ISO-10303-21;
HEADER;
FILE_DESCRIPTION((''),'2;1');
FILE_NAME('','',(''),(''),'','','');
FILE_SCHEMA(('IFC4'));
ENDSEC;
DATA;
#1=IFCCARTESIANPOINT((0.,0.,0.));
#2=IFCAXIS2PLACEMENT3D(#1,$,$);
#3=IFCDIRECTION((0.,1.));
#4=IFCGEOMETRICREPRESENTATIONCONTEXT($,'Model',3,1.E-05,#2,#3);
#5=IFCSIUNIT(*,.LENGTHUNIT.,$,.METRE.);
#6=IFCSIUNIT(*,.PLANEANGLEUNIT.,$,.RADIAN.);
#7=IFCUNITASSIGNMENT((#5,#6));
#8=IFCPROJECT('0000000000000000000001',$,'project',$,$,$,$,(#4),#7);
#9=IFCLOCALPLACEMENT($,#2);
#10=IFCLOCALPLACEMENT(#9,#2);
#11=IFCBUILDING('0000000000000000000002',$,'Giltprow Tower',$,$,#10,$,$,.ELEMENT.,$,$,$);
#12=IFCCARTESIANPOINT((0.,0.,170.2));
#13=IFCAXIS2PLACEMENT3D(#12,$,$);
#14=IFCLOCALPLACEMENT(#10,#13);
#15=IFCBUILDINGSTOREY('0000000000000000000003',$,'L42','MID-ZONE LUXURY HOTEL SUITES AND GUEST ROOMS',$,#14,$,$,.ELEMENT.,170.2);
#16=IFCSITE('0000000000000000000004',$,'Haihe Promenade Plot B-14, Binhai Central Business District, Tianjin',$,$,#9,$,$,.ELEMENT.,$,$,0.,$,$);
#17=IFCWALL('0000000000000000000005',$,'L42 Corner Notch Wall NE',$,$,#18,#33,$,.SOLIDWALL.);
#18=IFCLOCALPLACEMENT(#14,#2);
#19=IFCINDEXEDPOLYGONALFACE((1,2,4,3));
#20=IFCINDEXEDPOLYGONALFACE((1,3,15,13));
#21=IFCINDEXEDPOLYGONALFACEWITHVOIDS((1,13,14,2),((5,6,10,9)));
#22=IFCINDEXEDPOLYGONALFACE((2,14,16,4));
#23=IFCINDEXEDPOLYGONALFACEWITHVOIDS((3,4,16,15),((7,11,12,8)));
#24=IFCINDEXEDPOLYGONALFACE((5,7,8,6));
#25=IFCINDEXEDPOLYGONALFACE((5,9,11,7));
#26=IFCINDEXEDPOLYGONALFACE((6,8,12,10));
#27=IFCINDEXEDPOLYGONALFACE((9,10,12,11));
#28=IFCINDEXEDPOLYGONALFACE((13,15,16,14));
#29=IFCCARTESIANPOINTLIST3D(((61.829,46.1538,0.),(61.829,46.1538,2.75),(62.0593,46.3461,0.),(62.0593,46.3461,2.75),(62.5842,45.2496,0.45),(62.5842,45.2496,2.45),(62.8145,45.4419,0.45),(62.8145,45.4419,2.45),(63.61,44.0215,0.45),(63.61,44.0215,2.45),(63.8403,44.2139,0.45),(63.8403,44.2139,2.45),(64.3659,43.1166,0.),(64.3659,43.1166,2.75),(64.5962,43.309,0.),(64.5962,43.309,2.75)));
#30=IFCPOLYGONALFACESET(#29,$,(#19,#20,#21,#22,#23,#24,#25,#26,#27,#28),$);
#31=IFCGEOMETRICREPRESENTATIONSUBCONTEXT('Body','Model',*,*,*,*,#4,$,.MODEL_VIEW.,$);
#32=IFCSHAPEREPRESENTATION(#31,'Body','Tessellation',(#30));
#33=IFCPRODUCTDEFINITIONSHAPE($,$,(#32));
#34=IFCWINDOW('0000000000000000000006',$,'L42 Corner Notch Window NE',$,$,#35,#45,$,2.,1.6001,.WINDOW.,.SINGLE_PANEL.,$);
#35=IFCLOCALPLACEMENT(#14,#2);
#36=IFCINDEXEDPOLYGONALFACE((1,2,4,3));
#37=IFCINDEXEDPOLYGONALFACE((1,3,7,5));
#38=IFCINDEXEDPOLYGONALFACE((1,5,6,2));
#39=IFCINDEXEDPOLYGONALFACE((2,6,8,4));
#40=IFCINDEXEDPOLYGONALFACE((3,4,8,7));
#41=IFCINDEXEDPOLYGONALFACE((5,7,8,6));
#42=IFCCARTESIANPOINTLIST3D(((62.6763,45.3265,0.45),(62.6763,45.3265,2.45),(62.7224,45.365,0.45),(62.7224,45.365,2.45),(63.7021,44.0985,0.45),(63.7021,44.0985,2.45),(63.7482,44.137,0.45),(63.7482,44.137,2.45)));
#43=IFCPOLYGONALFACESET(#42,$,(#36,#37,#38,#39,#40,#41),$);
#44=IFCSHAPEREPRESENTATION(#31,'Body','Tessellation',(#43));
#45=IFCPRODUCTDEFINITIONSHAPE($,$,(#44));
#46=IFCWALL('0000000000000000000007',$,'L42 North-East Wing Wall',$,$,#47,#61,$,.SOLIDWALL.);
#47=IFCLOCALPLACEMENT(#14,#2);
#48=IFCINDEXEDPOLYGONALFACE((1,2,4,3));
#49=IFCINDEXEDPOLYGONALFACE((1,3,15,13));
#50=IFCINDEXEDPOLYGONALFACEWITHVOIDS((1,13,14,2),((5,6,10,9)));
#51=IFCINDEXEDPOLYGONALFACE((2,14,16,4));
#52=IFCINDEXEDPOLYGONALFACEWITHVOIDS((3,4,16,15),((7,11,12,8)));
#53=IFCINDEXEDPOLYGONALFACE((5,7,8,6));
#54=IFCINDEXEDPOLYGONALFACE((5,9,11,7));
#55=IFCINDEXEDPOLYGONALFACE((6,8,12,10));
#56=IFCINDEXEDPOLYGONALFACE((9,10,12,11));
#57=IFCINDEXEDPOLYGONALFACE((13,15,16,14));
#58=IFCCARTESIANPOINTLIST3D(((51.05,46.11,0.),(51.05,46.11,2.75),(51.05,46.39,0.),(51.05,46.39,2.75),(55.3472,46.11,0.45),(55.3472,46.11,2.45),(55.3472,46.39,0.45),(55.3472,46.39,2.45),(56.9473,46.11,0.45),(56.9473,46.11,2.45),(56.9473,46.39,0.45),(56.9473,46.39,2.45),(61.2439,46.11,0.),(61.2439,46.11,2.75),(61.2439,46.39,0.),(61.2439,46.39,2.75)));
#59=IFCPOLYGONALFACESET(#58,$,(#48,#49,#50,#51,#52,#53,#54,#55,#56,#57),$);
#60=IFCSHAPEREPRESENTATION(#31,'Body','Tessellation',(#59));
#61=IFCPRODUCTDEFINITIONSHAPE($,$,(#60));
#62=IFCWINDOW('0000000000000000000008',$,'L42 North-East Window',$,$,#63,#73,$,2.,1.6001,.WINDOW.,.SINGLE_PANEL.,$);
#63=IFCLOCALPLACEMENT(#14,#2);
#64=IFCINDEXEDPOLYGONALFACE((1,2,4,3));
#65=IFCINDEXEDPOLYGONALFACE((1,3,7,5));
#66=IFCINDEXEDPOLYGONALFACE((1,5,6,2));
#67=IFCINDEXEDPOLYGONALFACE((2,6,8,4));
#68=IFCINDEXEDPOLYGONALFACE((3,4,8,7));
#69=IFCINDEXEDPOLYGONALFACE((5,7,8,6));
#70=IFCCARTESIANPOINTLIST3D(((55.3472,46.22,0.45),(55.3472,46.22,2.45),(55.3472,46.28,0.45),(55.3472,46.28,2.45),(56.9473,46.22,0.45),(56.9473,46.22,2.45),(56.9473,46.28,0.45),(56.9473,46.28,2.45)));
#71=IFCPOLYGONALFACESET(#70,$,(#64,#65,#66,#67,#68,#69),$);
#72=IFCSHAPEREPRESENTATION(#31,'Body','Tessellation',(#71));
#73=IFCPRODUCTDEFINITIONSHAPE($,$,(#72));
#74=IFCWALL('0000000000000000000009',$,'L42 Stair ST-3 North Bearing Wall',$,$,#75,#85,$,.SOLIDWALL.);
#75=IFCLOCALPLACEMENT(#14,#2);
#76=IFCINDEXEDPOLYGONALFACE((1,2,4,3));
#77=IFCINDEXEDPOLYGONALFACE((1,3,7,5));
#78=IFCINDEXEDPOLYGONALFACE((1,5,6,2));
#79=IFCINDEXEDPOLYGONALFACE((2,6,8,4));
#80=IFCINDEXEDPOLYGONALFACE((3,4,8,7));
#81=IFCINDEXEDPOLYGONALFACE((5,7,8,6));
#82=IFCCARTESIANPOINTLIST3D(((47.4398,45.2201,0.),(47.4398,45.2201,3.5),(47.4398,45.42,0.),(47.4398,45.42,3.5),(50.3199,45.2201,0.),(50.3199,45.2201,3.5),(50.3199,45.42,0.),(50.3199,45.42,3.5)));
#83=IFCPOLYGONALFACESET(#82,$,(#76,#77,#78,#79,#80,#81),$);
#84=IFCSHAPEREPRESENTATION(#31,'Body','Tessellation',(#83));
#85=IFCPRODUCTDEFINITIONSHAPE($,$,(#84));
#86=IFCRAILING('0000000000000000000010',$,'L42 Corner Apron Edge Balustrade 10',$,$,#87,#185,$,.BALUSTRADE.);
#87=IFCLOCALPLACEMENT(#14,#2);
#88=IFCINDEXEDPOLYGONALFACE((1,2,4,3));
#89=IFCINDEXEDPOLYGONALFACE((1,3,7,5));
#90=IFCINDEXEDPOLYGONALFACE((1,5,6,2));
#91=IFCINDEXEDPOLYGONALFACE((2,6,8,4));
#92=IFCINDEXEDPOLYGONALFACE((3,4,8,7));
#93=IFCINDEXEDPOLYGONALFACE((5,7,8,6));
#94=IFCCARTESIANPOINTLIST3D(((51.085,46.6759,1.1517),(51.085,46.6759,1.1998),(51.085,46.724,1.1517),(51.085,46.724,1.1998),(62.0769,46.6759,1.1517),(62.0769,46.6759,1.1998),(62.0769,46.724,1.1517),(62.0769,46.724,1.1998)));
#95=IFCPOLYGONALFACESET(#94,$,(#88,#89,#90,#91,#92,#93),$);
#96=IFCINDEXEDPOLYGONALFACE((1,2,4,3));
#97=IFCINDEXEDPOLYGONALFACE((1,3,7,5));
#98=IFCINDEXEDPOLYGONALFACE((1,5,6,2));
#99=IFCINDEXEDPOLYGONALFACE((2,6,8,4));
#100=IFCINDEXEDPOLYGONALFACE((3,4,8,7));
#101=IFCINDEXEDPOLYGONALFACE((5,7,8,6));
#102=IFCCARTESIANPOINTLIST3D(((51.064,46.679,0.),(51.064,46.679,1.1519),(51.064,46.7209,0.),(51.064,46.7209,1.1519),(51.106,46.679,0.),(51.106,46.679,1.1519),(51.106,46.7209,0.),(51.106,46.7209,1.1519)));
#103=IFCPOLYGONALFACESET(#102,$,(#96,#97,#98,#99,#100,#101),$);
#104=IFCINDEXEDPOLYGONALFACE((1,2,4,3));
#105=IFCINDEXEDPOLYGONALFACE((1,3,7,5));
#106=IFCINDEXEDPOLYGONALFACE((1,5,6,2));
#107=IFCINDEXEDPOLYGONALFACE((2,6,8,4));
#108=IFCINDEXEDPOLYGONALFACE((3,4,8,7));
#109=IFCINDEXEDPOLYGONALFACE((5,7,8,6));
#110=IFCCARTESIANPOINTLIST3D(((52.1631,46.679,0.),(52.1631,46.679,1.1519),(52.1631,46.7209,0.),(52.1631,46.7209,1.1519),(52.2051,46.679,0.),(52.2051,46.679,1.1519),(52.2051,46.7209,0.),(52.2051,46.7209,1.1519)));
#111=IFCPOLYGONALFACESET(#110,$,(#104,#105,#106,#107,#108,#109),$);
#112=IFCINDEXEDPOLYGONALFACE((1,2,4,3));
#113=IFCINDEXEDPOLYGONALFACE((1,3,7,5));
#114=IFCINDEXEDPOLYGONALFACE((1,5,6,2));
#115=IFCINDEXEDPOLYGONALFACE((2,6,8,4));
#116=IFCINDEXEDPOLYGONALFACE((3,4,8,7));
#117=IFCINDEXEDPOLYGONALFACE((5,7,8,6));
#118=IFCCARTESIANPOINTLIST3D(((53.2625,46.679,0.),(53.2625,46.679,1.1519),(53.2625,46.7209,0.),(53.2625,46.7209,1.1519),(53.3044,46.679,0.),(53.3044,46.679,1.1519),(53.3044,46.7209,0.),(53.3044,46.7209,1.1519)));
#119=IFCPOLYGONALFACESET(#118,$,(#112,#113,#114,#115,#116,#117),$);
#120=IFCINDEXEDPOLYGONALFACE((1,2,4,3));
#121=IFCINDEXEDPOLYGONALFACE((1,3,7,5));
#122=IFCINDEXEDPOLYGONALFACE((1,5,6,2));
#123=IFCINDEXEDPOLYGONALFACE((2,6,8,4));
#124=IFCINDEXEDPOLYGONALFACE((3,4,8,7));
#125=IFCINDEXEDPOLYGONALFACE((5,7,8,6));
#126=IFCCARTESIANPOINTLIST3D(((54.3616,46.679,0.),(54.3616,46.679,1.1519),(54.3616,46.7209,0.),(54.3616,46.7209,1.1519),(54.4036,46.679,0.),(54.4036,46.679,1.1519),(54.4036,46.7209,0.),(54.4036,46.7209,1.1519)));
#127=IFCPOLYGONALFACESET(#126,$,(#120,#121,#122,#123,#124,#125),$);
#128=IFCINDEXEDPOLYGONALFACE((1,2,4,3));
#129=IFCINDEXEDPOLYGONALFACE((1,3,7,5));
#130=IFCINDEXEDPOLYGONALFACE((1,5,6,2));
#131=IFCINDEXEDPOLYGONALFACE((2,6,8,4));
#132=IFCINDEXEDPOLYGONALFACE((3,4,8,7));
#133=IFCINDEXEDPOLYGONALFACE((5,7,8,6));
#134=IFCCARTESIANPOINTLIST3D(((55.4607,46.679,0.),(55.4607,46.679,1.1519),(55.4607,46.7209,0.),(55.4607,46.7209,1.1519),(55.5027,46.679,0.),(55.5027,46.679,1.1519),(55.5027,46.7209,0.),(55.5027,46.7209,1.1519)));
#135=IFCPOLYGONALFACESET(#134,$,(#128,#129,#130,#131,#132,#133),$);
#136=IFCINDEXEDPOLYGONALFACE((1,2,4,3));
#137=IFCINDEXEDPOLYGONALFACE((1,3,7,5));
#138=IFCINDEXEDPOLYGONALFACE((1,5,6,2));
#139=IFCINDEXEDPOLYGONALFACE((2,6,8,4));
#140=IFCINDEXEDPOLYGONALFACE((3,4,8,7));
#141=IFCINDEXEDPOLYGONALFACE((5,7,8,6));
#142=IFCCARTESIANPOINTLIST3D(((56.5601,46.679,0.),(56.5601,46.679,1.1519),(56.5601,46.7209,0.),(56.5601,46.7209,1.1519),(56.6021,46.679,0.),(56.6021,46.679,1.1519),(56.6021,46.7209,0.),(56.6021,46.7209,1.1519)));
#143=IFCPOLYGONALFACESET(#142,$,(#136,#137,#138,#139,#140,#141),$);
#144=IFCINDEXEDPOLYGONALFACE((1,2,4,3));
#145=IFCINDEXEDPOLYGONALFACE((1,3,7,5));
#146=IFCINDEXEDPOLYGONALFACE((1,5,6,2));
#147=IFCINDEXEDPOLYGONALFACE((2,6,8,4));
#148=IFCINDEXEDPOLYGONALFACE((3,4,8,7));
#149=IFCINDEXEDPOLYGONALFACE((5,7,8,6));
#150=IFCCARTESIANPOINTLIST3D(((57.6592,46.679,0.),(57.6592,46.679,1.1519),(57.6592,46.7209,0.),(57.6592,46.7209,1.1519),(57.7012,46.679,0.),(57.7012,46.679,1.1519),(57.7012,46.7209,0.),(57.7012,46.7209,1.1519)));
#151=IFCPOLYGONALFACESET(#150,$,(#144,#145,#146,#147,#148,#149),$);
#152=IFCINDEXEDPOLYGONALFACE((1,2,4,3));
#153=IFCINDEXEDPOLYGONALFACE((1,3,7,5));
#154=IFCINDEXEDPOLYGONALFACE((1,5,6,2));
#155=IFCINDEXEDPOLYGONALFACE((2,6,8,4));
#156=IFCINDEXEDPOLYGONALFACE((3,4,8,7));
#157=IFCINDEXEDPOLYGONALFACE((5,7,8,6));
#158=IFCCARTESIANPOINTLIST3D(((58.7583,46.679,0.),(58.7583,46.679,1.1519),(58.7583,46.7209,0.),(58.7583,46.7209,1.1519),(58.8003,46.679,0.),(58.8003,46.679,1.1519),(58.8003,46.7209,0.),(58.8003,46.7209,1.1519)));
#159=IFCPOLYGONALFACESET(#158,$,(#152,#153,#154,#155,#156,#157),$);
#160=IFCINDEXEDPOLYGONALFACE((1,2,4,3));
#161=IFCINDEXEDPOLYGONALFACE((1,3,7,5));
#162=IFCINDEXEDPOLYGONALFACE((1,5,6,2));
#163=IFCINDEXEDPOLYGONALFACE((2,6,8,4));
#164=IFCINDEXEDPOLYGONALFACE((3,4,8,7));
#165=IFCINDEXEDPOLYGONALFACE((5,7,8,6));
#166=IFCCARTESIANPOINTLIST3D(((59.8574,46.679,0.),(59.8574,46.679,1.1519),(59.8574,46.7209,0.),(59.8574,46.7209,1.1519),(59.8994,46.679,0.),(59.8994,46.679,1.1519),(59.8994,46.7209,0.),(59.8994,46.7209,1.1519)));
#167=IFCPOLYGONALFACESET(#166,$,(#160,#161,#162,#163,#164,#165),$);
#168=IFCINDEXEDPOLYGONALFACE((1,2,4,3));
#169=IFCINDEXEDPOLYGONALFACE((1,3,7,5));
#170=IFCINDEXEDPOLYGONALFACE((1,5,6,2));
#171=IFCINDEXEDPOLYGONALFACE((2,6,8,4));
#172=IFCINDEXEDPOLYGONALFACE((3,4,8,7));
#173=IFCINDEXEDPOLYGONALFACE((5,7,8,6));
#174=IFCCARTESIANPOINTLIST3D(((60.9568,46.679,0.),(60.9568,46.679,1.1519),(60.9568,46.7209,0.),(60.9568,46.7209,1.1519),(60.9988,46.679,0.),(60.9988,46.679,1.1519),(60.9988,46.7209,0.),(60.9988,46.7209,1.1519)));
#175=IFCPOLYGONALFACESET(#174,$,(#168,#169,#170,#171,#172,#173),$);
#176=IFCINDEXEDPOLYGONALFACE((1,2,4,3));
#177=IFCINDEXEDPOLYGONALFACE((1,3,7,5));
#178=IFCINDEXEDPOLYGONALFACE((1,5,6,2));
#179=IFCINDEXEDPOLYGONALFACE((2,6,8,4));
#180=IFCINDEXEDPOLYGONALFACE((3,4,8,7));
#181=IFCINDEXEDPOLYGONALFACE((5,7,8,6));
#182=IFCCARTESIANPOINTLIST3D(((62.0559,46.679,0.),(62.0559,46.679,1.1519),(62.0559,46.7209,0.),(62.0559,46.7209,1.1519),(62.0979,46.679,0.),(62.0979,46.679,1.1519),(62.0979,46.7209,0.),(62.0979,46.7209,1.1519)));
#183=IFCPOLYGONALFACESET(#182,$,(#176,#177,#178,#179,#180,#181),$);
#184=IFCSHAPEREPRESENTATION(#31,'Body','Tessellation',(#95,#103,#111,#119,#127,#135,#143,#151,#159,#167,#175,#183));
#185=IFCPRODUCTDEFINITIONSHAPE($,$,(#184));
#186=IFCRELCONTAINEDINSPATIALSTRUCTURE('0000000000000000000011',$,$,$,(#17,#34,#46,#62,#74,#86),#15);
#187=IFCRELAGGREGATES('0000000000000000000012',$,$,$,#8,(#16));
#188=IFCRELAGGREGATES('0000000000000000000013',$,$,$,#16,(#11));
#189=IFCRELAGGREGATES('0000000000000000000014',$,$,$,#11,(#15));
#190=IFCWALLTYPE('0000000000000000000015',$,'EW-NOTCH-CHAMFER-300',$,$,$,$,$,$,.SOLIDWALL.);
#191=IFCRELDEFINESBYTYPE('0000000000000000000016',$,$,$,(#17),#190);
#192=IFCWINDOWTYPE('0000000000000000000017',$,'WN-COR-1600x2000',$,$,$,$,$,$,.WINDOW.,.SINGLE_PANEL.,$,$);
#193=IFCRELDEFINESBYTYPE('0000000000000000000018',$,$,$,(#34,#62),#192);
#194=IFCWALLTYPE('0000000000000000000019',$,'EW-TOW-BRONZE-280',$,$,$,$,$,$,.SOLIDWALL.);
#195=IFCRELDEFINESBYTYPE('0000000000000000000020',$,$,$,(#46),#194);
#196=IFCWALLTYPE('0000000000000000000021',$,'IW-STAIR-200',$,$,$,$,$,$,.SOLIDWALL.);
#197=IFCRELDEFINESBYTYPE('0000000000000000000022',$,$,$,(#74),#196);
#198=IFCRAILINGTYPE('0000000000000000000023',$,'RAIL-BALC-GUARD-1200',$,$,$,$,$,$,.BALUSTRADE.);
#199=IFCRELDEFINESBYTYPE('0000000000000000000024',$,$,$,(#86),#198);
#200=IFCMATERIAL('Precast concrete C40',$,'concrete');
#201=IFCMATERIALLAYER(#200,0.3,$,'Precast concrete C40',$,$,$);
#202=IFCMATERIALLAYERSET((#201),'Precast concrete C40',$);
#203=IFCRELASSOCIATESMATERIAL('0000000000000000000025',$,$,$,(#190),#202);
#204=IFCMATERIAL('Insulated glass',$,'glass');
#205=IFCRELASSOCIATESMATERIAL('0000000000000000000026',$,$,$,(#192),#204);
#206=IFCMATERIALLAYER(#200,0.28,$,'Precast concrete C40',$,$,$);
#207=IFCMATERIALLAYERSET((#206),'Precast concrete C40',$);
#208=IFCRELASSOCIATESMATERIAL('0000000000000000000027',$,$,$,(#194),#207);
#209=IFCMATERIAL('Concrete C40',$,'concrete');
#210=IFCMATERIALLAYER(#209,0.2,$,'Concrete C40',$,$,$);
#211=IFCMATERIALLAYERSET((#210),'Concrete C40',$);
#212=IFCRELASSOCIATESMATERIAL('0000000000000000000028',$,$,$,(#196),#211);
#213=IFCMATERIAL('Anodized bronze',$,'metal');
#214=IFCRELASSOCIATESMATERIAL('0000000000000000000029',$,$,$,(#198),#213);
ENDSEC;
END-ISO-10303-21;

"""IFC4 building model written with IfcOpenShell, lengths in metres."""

from ifc_helpers import new_model, si_unit, direction, frame, frame_2d, origin, origin_2d, place, context, subcontext, project, spatial, rectangle, extrude, source, transform, mapped, material, layer, layer_set, type_object, element, fill, save


model = new_model("IFC4")

# Units and contexts
model_context = context("Model", 3, precision=1e-05, world=origin(), true_north=direction((0.0, 1.0)))
body_context = subcontext(model_context, "Body", "Model", "MODEL_VIEW")
ifc_project = project(units=[si_unit("LENGTHUNIT", "METRE"), si_unit("PLANEANGLEUNIT", "RADIAN")], contexts=[model_context])

# Site, building, storey
site_placement = place(None, origin())
site = spatial("IfcSite", under=ifc_project, at=site_placement, Name="Haihe Promenade Plot B-14, Binhai Central Business District, Tianjin", CompositionType="ELEMENT", RefElevation=0.0)
building_placement = place(site_placement, origin())
building = spatial("IfcBuilding", under=site, at=building_placement, Name="Giltprow Tower", CompositionType="ELEMENT")
storey_placement = place(building_placement, frame((0.0, 0.0, 170.2)))
storey = spatial("IfcBuildingStorey", under=building, at=storey_placement, Name="L42", Description="MID-ZONE LUXURY HOTEL SUITES AND GUEST ROOMS", CompositionType="ELEMENT", Elevation=170.2)

# Walls, openings, windows
ifc_material_1 = material(Name="Precast concrete C40", Category="concrete")
ifc_layer_1 = layer(ifc_material_1, 0.3, Name="Precast concrete C40")
ifc_layer_set_1 = layer_set([ifc_layer_1], Name="Precast concrete C40")
wall_type_1 = type_object("IfcWallType", Name="EW-NOTCH-CHAMFER-300", PredefinedType="SOLIDWALL", material=ifc_layer_set_1)
wall_1_placement = place(storey_placement, frame((64.481, 43.2129, 0.0), z_axis=(0.0, 0.0, 1.0), x_axis=(-0.64107, 0.767482, 0.0)))
wall_1 = element("IfcWall", 1, at=wall_1_placement, inside=storey, type_object=wall_type_1, Name="L42 Corner Notch Wall NE", PredefinedType="SOLIDWALL", context=body_context, shape_type="SweptSolid", body=[
    extrude(rectangle(XDim=3.9573, YDim=0.3, at=frame_2d((1.9785, 0.0))), origin(), (0.0, 0.0, 1.0), 2.75),
])
opening_1_placement = place(wall_1_placement, frame((1.179, 0.0, 0.45)))
opening_1 = element("IfcOpeningElement", 2, at=opening_1_placement, cuts=wall_1, PredefinedType="OPENING", context=body_context, shape_type="SweptSolid", body=[
    extrude(rectangle(XDim=1.6001, YDim=2.0, at=frame_2d((0.8, 1.0))), frame((0.0, 0.1599, 0.0), z_axis=(0.0, -1.0, 0.0), x_axis=(1.0, 0.0, 0.0)), (0.0, 0.0, 1.0), 0.3201),
])
ifc_material_2 = material(Name="Insulated glass", Category="glass")
window_type = type_object("IfcWindowType", Name="WN-COR-1600x2000", PartitioningType="SINGLE_PANEL", PredefinedType="WINDOW", material=ifc_material_2)
shared_shape_1 = source(origin(), body_context, "Body", "SweptSolid", [
    extrude(rectangle(XDim=1.6001, YDim=2.0, at=frame_2d((0.8, 1.0))), frame((0.0, 0.03, 0.0), z_axis=(0.0, -1.0, 0.0), x_axis=(1.0, 0.0, 0.0)), (0.0, 0.0, 1.0), 0.0601),
])
window_1_placement = place(opening_1_placement, origin())
window_1 = element("IfcWindow", 3, at=window_1_placement, inside=storey, type_object=window_type, Name="L42 Corner Notch Window NE", OverallHeight=2.0, OverallWidth=1.6001, PartitioningType="SINGLE_PANEL", PredefinedType="WINDOW", context=body_context, shape_type="MappedRepresentation", body=[
    mapped(shared_shape_1, transform((0.0, 0.0, 0.0), x_axis=(1.0, 0.0, 0.0), y_axis=(0.0, 1.0, 0.0), z_axis=(0.0, 0.0, 1.0), scale=1.0)),
])
fill(opening_1, window_1)
ifc_layer_2 = layer(ifc_material_1, 0.28, Name="Precast concrete C40")
ifc_layer_set_2 = layer_set([ifc_layer_2], Name="Precast concrete C40")
wall_type_2 = type_object("IfcWallType", Name="EW-TOW-BRONZE-280", PredefinedType="SOLIDWALL", material=ifc_layer_set_2)
wall_2_placement = place(storey_placement, frame((51.05, 46.25, 0.0), z_axis=(0.0, 0.0, 1.0), x_axis=(1.0, 0.0, 0.0)))
wall_2 = element("IfcWall", 4, at=wall_2_placement, inside=storey, type_object=wall_type_2, Name="L42 North-East Wing Wall", PredefinedType="SOLIDWALL", context=body_context, shape_type="SweptSolid", body=[
    extrude(rectangle(XDim=10.1938, YDim=0.28, at=frame_2d((5.0969, 0.0))), origin(), (0.0, 0.0, 1.0), 2.75),
])
opening_2_placement = place(wall_2_placement, frame((4.2971, 0.0, 0.45)))
opening_2 = element("IfcOpeningElement", 5, at=opening_2_placement, cuts=wall_2, PredefinedType="OPENING", context=body_context, shape_type="SweptSolid", body=[
    extrude(rectangle(XDim=1.6001, YDim=2.0, at=frame_2d((0.8, 1.0))), frame((0.0, 0.1499, 0.0), z_axis=(0.0, -1.0, 0.0), x_axis=(1.0, 0.0, 0.0)), (0.0, 0.0, 1.0), 0.3),
])
window_2_placement = place(opening_2_placement, origin())
window_2 = element("IfcWindow", 6, at=window_2_placement, inside=storey, type_object=window_type, Name="L42 North-East Window", OverallHeight=2.0, OverallWidth=1.6001, PartitioningType="SINGLE_PANEL", PredefinedType="WINDOW", context=body_context, shape_type="MappedRepresentation", body=[
    mapped(shared_shape_1, transform((0.0, 0.0, 0.0), x_axis=(1.0, 0.0, 0.0), y_axis=(0.0, 1.0, 0.0), z_axis=(0.0, 0.0, 1.0), scale=1.0)),
])
fill(opening_2, window_2)

# Wall
ifc_material_3 = material(Name="Concrete C40", Category="concrete")
ifc_layer_3 = layer(ifc_material_3, 0.2, Name="Concrete C40")
ifc_layer_set_3 = layer_set([ifc_layer_3], Name="Concrete C40")
wall_type_3 = type_object("IfcWallType", Name="IW-STAIR-200", PredefinedType="SOLIDWALL", material=ifc_layer_set_3)
wall_3_placement = place(storey_placement, frame((47.4399, 45.3201, 0.0), z_axis=(0.0, 0.0, 1.0), x_axis=(1.0, 0.0, 0.0)))
element("IfcWall", 7, at=wall_3_placement, inside=storey, type_object=wall_type_3, Name="L42 Stair ST-3 North Bearing Wall", PredefinedType="SOLIDWALL", context=body_context, shape_type="SweptSolid", body=[
    extrude(rectangle(XDim=2.8801, YDim=0.2, at=frame_2d((1.4399, 0.0))), origin(), (0.0, 0.0, 1.0), 3.5),
])

# Railing
ifc_material_4 = material(Name="Anodized bronze", Category="metal")
railing_type_1 = type_object("IfcRailingType", Name="RAIL-BALC-GUARD-1200", PredefinedType="BALUSTRADE", material=ifc_material_4)
railing_1_placement = place(storey_placement, frame((51.085, 46.7, 0.0)))
element("IfcRailing", 8, at=railing_1_placement, inside=storey, type_object=railing_type_1, Name="L42 Corner Apron Edge Balustrade 10", PredefinedType="BALUSTRADE", context=body_context, shape_type="SweptSolid", body=[
    extrude(rectangle(XDim=0.0481, YDim=0.0481, at=origin_2d()), frame((0.0, 0.0, 1.1758), z_axis=(1.0, 0.0, 0.0), x_axis=(0.0, 1.0, 0.0)), (0.0, 0.0, 1.0), 10.9919),
    extrude(rectangle(XDim=0.042, YDim=0.042, at=origin_2d()), origin(), (0.0, 0.0, 1.0), 1.1519),
    extrude(rectangle(XDim=0.042, YDim=0.042, at=origin_2d()), frame((1.0991, 0.0, 0.0)), (0.0, 0.0, 1.0), 1.1519),
    extrude(rectangle(XDim=0.042, YDim=0.042, at=origin_2d()), frame((2.1985, 0.0, 0.0)), (0.0, 0.0, 1.0), 1.1519),
    extrude(rectangle(XDim=0.042, YDim=0.042, at=origin_2d()), frame((3.2976, 0.0, 0.0)), (0.0, 0.0, 1.0), 1.1519),
    extrude(rectangle(XDim=0.042, YDim=0.042, at=origin_2d()), frame((4.3967, 0.0, 0.0)), (0.0, 0.0, 1.0), 1.1519),
    extrude(rectangle(XDim=0.042, YDim=0.042, at=origin_2d()), frame((5.4961, 0.0, 0.0)), (0.0, 0.0, 1.0), 1.1519),
    extrude(rectangle(XDim=0.042, YDim=0.042, at=origin_2d()), frame((6.5952, 0.0, 0.0)), (0.0, 0.0, 1.0), 1.1519),
    extrude(rectangle(XDim=0.042, YDim=0.042, at=origin_2d()), frame((7.6943, 0.0, 0.0)), (0.0, 0.0, 1.0), 1.1519),
    extrude(rectangle(XDim=0.042, YDim=0.042, at=origin_2d()), frame((8.7935, 0.0, 0.0)), (0.0, 0.0, 1.0), 1.1519),
    extrude(rectangle(XDim=0.042, YDim=0.042, at=origin_2d()), frame((9.8928, 0.0, 0.0)), (0.0, 0.0, 1.0), 1.1519),
    extrude(rectangle(XDim=0.042, YDim=0.042, at=origin_2d()), frame((10.9919, 0.0, 0.0)), (0.0, 0.0, 1.0), 1.1519),
])

save(model, "model.ifc")
